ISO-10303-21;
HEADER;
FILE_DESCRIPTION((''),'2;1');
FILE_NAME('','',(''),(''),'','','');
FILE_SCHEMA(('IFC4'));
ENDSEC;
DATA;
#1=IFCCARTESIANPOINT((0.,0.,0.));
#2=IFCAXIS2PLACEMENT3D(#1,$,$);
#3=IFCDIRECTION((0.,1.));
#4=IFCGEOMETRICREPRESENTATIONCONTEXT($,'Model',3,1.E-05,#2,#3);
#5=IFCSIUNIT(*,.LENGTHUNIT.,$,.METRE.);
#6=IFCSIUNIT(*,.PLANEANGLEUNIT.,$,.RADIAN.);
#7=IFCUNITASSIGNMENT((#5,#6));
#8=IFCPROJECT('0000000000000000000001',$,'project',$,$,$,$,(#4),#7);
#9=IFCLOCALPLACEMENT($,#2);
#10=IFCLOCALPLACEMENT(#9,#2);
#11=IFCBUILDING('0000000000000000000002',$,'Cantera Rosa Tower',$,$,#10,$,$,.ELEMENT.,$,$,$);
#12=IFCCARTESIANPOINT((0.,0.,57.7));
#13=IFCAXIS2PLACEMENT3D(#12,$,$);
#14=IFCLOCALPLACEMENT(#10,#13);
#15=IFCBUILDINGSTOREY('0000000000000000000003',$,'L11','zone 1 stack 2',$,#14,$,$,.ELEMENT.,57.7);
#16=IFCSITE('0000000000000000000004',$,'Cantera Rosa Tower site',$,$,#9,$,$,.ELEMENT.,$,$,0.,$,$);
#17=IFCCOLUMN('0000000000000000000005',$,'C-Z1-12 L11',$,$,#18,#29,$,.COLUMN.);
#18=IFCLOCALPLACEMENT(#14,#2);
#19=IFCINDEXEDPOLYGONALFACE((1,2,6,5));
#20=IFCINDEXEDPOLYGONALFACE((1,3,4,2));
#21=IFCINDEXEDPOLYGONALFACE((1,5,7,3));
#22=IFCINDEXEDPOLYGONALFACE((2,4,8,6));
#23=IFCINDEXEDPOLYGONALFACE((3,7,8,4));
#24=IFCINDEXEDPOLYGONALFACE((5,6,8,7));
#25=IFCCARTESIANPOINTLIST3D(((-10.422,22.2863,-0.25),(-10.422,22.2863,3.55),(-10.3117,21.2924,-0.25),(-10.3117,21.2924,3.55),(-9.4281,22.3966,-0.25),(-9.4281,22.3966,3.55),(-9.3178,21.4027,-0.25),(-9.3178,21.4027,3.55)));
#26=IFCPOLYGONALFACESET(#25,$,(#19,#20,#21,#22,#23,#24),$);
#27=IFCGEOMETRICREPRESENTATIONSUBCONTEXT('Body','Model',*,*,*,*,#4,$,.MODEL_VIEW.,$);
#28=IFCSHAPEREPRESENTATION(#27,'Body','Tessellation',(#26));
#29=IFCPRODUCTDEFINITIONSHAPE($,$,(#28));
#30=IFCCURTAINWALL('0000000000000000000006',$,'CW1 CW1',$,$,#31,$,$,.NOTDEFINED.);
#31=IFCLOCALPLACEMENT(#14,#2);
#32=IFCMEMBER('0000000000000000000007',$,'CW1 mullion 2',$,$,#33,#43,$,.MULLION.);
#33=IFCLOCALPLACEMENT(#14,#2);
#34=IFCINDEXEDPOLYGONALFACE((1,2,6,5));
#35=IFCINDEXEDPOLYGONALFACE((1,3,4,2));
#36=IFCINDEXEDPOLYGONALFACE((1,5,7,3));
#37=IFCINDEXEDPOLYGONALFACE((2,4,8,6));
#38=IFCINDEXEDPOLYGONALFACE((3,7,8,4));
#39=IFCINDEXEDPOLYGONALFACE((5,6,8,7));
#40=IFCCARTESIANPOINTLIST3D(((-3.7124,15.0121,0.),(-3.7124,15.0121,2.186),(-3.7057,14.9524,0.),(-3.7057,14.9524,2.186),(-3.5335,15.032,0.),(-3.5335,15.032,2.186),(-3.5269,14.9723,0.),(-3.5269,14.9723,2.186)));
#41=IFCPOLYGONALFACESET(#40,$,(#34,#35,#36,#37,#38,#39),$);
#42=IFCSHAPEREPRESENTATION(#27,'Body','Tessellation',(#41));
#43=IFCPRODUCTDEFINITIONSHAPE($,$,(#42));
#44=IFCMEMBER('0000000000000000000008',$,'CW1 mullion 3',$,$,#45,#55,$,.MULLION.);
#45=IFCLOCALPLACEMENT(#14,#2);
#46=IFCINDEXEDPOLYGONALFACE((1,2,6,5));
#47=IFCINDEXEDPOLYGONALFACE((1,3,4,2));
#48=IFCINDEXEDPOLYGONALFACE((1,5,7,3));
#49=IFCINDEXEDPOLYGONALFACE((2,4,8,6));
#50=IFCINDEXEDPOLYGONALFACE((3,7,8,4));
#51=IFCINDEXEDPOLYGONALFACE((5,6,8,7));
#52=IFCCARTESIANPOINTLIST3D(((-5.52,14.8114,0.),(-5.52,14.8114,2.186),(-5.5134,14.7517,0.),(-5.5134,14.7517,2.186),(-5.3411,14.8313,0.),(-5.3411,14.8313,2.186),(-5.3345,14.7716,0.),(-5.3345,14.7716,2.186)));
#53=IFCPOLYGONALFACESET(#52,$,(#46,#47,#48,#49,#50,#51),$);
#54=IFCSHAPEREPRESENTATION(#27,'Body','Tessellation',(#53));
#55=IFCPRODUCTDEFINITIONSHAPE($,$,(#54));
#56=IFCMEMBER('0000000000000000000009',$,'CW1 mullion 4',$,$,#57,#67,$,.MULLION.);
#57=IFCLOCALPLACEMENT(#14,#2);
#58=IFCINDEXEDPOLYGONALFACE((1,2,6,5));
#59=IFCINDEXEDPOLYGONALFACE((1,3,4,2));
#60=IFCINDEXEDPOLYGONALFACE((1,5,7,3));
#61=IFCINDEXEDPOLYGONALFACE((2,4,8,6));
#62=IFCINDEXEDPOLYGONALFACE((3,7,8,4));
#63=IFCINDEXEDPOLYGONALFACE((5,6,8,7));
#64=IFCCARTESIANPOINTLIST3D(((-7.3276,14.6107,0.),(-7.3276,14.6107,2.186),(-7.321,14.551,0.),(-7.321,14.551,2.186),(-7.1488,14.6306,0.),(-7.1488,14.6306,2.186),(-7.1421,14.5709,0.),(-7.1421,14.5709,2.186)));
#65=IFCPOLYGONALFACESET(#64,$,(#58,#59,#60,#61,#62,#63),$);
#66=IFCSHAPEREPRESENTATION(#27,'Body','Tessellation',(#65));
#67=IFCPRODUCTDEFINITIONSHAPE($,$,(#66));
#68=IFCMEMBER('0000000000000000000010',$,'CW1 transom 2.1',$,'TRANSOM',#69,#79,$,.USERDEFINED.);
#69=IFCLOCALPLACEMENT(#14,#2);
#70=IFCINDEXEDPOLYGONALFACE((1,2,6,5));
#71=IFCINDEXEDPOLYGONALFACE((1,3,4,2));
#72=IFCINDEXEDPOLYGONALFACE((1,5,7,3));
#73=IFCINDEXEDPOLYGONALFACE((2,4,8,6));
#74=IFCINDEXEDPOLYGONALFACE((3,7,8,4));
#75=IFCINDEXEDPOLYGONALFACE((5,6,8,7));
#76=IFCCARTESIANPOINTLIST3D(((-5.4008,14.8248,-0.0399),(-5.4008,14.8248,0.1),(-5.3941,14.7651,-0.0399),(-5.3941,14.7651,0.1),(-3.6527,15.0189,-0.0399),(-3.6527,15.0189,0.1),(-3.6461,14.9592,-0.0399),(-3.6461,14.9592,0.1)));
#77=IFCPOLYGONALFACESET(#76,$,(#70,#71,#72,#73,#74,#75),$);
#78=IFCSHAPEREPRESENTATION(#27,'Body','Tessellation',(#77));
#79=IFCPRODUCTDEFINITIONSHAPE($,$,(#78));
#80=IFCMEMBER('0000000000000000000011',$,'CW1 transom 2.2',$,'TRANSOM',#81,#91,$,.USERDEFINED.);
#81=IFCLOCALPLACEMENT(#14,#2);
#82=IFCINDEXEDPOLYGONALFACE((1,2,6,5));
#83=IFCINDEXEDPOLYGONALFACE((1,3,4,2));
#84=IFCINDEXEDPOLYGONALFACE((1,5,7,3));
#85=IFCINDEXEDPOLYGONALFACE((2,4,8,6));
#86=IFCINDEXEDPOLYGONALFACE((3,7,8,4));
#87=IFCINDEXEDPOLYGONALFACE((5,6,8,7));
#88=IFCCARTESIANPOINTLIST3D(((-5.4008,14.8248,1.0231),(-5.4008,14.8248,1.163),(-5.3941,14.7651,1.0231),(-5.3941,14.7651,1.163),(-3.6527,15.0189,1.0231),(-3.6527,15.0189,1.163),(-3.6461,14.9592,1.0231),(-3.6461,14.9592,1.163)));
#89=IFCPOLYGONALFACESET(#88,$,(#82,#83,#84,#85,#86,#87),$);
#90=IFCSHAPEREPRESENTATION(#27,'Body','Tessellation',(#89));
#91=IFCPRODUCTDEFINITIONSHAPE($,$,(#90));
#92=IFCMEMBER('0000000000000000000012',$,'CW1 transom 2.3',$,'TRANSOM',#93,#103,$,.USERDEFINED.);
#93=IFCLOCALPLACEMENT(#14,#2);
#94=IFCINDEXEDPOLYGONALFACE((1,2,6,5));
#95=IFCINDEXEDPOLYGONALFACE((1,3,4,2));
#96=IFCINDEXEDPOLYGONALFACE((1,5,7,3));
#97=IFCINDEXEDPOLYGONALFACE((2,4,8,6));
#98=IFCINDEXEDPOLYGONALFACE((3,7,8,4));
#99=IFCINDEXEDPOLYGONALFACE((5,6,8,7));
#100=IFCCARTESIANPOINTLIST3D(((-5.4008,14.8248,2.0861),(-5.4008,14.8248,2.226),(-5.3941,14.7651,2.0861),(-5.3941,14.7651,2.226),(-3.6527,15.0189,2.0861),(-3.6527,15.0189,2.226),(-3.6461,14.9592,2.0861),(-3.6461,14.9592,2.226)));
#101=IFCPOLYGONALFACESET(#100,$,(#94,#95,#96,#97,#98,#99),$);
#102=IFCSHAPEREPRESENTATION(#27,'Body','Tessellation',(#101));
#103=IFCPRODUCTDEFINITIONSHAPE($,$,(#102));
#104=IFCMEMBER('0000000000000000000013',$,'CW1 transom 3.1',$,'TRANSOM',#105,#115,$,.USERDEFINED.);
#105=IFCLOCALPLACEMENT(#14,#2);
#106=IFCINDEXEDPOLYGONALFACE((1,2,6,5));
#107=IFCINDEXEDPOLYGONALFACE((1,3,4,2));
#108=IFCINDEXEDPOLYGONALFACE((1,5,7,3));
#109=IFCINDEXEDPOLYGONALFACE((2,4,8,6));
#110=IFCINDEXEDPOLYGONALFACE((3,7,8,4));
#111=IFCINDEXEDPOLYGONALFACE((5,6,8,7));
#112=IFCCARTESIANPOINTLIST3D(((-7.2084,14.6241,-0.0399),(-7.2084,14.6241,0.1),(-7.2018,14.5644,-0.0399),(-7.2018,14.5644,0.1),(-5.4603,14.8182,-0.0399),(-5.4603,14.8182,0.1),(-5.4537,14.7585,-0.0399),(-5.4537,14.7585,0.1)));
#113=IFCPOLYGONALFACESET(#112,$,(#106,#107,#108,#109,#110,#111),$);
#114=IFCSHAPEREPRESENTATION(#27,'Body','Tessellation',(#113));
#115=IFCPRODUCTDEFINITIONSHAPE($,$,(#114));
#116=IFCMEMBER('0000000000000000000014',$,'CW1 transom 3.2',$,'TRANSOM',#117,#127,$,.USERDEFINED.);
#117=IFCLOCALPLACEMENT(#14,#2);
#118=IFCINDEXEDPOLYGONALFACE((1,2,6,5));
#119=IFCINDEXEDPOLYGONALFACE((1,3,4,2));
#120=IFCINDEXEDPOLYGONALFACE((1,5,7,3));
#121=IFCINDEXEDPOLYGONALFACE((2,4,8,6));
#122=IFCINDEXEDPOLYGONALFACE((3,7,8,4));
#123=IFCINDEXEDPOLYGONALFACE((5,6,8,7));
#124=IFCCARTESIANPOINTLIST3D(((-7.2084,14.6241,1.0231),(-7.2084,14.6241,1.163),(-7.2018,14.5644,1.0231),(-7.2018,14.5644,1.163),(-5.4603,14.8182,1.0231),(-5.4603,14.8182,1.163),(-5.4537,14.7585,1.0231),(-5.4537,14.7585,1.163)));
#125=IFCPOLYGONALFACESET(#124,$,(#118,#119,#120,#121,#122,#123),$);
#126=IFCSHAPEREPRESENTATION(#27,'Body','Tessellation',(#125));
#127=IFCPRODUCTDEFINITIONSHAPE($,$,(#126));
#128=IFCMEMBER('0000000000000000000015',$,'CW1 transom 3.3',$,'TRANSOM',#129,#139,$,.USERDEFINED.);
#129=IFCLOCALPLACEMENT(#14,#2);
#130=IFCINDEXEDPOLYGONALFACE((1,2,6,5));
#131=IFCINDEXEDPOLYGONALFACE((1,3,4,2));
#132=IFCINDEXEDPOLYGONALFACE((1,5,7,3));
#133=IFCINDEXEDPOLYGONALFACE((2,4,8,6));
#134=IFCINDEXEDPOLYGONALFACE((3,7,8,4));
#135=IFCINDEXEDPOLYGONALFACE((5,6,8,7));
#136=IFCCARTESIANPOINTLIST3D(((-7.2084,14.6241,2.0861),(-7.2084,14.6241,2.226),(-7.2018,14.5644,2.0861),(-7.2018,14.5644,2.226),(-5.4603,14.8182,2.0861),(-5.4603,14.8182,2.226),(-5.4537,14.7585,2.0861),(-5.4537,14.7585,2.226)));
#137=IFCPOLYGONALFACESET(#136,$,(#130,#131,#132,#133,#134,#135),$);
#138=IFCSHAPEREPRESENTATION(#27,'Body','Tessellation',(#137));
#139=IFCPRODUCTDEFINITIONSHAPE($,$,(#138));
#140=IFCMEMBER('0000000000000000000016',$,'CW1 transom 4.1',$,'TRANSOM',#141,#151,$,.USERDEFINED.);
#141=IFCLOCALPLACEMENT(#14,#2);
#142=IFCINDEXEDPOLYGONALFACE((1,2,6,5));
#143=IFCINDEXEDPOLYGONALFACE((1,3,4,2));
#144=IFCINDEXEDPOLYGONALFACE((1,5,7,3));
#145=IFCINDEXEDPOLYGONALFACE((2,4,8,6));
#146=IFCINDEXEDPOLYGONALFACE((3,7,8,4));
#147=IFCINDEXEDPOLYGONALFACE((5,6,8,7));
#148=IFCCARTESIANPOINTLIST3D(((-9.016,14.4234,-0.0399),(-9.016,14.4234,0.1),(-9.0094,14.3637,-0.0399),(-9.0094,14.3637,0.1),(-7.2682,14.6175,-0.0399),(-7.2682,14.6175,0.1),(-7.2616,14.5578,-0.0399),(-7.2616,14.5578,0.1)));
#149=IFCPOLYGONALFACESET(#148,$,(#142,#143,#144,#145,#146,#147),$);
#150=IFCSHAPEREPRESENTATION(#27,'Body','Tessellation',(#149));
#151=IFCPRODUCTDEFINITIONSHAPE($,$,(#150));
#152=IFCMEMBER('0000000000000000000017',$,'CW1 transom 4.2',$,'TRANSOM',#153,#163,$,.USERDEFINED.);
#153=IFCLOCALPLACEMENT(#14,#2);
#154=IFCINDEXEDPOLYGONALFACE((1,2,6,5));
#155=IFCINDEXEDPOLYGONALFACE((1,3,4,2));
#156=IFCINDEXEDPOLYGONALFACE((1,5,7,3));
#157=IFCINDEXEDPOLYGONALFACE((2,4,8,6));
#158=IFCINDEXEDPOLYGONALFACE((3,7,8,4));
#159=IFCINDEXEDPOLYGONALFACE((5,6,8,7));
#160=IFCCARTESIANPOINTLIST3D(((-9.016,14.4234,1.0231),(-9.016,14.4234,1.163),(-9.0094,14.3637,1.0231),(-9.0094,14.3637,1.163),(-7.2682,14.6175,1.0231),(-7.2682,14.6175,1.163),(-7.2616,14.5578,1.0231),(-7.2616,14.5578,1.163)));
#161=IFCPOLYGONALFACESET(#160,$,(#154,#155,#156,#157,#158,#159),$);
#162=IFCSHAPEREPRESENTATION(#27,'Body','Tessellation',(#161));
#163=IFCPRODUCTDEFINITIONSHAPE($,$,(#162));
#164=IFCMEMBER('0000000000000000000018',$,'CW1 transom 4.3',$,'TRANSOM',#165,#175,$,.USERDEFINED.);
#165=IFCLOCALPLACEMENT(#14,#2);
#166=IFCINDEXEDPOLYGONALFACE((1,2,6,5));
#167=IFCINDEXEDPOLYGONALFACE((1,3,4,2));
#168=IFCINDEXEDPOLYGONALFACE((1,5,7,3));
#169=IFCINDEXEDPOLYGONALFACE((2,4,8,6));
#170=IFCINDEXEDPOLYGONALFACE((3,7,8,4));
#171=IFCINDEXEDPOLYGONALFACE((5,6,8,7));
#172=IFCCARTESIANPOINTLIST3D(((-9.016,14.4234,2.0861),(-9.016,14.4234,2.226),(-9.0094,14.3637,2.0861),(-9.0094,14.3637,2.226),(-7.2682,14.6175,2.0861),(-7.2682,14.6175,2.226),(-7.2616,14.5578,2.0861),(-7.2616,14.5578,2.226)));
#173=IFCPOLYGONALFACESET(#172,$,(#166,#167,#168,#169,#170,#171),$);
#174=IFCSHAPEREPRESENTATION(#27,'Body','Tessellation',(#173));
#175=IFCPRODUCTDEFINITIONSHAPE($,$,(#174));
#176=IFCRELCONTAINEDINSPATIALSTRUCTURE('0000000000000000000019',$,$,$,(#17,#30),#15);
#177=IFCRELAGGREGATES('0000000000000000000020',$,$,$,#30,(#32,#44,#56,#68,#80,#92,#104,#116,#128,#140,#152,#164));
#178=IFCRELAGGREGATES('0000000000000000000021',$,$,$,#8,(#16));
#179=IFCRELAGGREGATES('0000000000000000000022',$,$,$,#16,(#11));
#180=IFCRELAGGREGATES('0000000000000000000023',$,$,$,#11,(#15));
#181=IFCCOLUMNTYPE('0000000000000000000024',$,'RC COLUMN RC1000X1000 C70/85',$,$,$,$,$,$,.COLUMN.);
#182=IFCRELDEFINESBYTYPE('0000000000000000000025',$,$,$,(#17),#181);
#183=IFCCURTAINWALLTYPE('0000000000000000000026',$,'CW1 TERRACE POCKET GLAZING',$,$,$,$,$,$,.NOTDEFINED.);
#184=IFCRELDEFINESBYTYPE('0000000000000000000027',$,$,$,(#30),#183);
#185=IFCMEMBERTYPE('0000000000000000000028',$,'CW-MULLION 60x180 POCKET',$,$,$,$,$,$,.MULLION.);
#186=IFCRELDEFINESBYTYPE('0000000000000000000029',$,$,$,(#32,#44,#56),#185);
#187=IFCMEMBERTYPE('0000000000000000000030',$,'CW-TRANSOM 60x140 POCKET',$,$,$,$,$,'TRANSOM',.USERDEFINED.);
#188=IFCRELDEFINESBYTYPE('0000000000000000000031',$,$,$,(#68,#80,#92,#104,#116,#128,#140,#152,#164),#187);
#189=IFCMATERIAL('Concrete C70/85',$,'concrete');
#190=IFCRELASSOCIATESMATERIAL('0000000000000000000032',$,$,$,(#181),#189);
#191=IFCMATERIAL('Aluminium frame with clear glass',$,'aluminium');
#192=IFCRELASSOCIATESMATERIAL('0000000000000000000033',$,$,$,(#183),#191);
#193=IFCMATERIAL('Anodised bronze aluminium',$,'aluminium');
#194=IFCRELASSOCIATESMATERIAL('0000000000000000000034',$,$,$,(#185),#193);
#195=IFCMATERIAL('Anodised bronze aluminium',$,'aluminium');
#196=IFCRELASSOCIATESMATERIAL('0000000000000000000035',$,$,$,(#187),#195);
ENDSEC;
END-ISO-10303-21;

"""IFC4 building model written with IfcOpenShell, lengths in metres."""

from ifc_helpers import new_model, si_unit, direction, frame, origin, origin_2d, place, context, subcontext, project, spatial, rectangle, extrude, material, material_profile, profile_set, type_object, element, aggregate, save


model = new_model("IFC4")

# Units and contexts
model_context = context("Model", 3, precision=1e-05, world=origin(), true_north=direction((0.0, 1.0)))
body_context = subcontext(model_context, "Body", "Model", "MODEL_VIEW")
ifc_project = project(units=[si_unit("LENGTHUNIT", "METRE"), si_unit("PLANEANGLEUNIT", "RADIAN")], contexts=[model_context])

# Site, building, storey
site_placement = place(None, origin())
site = spatial("IfcSite", under=ifc_project, at=site_placement, Name="Cantera Rosa Tower site", CompositionType="ELEMENT", RefElevation=0.0)
building_placement = place(site_placement, origin())
building = spatial("IfcBuilding", under=site, at=building_placement, Name="Cantera Rosa Tower", CompositionType="ELEMENT")
storey_placement = place(building_placement, frame((0.0, 0.0, 57.7)))
storey = spatial("IfcBuildingStorey", under=building, at=storey_placement, Name="L11", Description="zone 1 stack 2", CompositionType="ELEMENT", Elevation=57.7)

# Column
ifc_material_1 = material(Name="Concrete C70/85", Category="concrete")
ifc_material_profile_1 = material_profile(ifc_material_1, rectangle(XDim=1.0, YDim=1.0, at=origin_2d()), Name="RC COLUMN RC1000X1000 C70/85")
ifc_profile_set_1 = profile_set([ifc_material_profile_1], Name="Concrete C70/85")
column_type = type_object("IfcColumnType", Name="RC COLUMN RC1000X1000 C70/85", PredefinedType="COLUMN", material=ifc_profile_set_1)
column_placement = place(storey_placement, frame((-9.8699, 21.8445, -0.25), z_axis=(0.0, 0.0, 1.0), x_axis=(0.993897, 0.110313, 0.0)))
element("IfcColumn", 1, at=column_placement, inside=storey, type_object=column_type, Name="C-Z1-12 L11", PredefinedType="COLUMN", context=body_context, shape_type="SweptSolid", body=[
    extrude(rectangle(XDim=1.0, YDim=1.0, at=origin_2d()), origin(), (0.0, 0.0, 1.0), 3.8),
])

# Curtain wall, members
ifc_material_2 = material(Name="Aluminium frame with clear glass", Category="aluminium")
curtain_wall_type = type_object("IfcCurtainWallType", Name="CW1 TERRACE POCKET GLAZING", PredefinedType="NOTDEFINED", material=ifc_material_2)
curtain_wall_placement = place(storey_placement, origin())
curtain_wall = element("IfcCurtainWall", 2, at=curtain_wall_placement, inside=storey, type_object=curtain_wall_type, Name="CW1 CW1", PredefinedType="NOTDEFINED")
ifc_material_3 = material(Name="Anodised bronze aluminium", Category="aluminium")
ifc_material_profile_2 = material_profile(ifc_material_3, rectangle(XDim=0.0601, YDim=0.1799, at=origin_2d()), Name="CW-MULLION 60x180 POCKET")
ifc_profile_set_2 = profile_set([ifc_material_profile_2], Name="Anodised bronze aluminium")
member_type_1 = type_object("IfcMemberType", Name="CW-MULLION 60x180 POCKET", PredefinedType="MULLION", material=ifc_profile_set_2)
member_1_placement = place(storey_placement, frame((-3.6196, 14.9922, 0.0), z_axis=(0.0, 0.0, 1.0), x_axis=(0.110313, -0.993897, 0.0)))
member_1 = element("IfcMember", 3, at=member_1_placement, type_object=member_type_1, Name="CW1 mullion 2", PredefinedType="MULLION", context=body_context, shape_type="SweptSolid", body=[
    extrude(rectangle(XDim=0.0601, YDim=0.1799, at=origin_2d()), origin(), (0.0, 0.0, 1.0), 2.186),
])
member_2_placement = place(storey_placement, frame((-5.4272, 14.7915, 0.0), z_axis=(0.0, 0.0, 1.0), x_axis=(0.110313, -0.993897, 0.0)))
member_2 = element("IfcMember", 4, at=member_2_placement, type_object=member_type_1, Name="CW1 mullion 3", PredefinedType="MULLION", context=body_context, shape_type="SweptSolid", body=[
    extrude(rectangle(XDim=0.0601, YDim=0.1799, at=origin_2d()), origin(), (0.0, 0.0, 1.0), 2.186),
])
member_3_placement = place(storey_placement, frame((-7.2349, 14.5908, 0.0), z_axis=(0.0, 0.0, 1.0), x_axis=(0.110313, -0.993897, 0.0)))
member_3 = element("IfcMember", 5, at=member_3_placement, type_object=member_type_1, Name="CW1 mullion 4", PredefinedType="MULLION", context=body_context, shape_type="SweptSolid", body=[
    extrude(rectangle(XDim=0.0601, YDim=0.1799, at=origin_2d()), origin(), (0.0, 0.0, 1.0), 2.186),
])
ifc_material_4 = material(Name="Anodised bronze aluminium", Category="aluminium")
ifc_material_profile_3 = material_profile(ifc_material_4, rectangle(XDim=0.0601, YDim=0.1399, at=origin_2d()), Name="CW-TRANSOM 60x140 POCKET")
ifc_profile_set_3 = profile_set([ifc_material_profile_3], Name="Anodised bronze aluminium")
member_type_2 = type_object("IfcMemberType", Name="CW-TRANSOM 60x140 POCKET", ElementType="TRANSOM", PredefinedType="USERDEFINED", material=ifc_profile_set_3)
member_4_placement = place(storey_placement, frame((-3.6494, 14.989, 0.03), z_axis=(-0.993892, -0.110355, 0.0), x_axis=(0.110355, -0.993892, 0.0)))
member_4 = element("IfcMember", 6, at=member_4_placement, type_object=member_type_2, Name="CW1 transom 2.1", ObjectType="TRANSOM", PredefinedType="USERDEFINED", context=body_context, shape_type="SweptSolid", body=[
    extrude(rectangle(XDim=0.0601, YDim=0.1399, at=origin_2d()), origin(), (0.0, 0.0, 1.0), 1.7588),
])
member_5_placement = place(storey_placement, frame((-3.6494, 14.989, 1.093), z_axis=(-0.993892, -0.110355, 0.0), x_axis=(0.110355, -0.993892, 0.0)))
member_5 = element("IfcMember", 7, at=member_5_placement, type_object=member_type_2, Name="CW1 transom 2.2", ObjectType="TRANSOM", PredefinedType="USERDEFINED", context=body_context, shape_type="SweptSolid", body=[
    extrude(rectangle(XDim=0.0601, YDim=0.1399, at=origin_2d()), origin(), (0.0, 0.0, 1.0), 1.7588),
])
member_6_placement = place(storey_placement, frame((-3.6494, 14.989, 2.156), z_axis=(-0.993892, -0.110355, 0.0), x_axis=(0.110355, -0.993892, 0.0)))
member_6 = element("IfcMember", 8, at=member_6_placement, type_object=member_type_2, Name="CW1 transom 2.3", ObjectType="TRANSOM", PredefinedType="USERDEFINED", context=body_context, shape_type="SweptSolid", body=[
    extrude(rectangle(XDim=0.0601, YDim=0.1399, at=origin_2d()), origin(), (0.0, 0.0, 1.0), 1.7588),
])
member_7_placement = place(storey_placement, frame((-5.457, 14.7883, 0.03), z_axis=(-0.993892, -0.110355, 0.0), x_axis=(0.110355, -0.993892, 0.0)))
member_7 = element("IfcMember", 9, at=member_7_placement, type_object=member_type_2, Name="CW1 transom 3.1", ObjectType="TRANSOM", PredefinedType="USERDEFINED", context=body_context, shape_type="SweptSolid", body=[
    extrude(rectangle(XDim=0.0601, YDim=0.1399, at=origin_2d()), origin(), (0.0, 0.0, 1.0), 1.7588),
])
member_8_placement = place(storey_placement, frame((-5.457, 14.7883, 1.093), z_axis=(-0.993892, -0.110355, 0.0), x_axis=(0.110355, -0.993892, 0.0)))
member_8 = element("IfcMember", 10, at=member_8_placement, type_object=member_type_2, Name="CW1 transom 3.2", ObjectType="TRANSOM", PredefinedType="USERDEFINED", context=body_context, shape_type="SweptSolid", body=[
    extrude(rectangle(XDim=0.0601, YDim=0.1399, at=origin_2d()), origin(), (0.0, 0.0, 1.0), 1.7588),
])
member_9_placement = place(storey_placement, frame((-5.457, 14.7883, 2.156), z_axis=(-0.993892, -0.110355, 0.0), x_axis=(0.110355, -0.993892, 0.0)))
member_9 = element("IfcMember", 11, at=member_9_placement, type_object=member_type_2, Name="CW1 transom 3.3", ObjectType="TRANSOM", PredefinedType="USERDEFINED", context=body_context, shape_type="SweptSolid", body=[
    extrude(rectangle(XDim=0.0601, YDim=0.1399, at=origin_2d()), origin(), (0.0, 0.0, 1.0), 1.7588),
])
member_10_placement = place(storey_placement, frame((-7.2649, 14.5876, 0.03), z_axis=(-0.993891, -0.110371, 0.0), x_axis=(0.110371, -0.993891, 0.0)))
member_10 = element("IfcMember", 12, at=member_10_placement, type_object=member_type_2, Name="CW1 transom 4.1", ObjectType="TRANSOM", PredefinedType="USERDEFINED", context=body_context, shape_type="SweptSolid", body=[
    extrude(rectangle(XDim=0.0601, YDim=0.1399, at=origin_2d()), origin(), (0.0, 0.0, 1.0), 1.7585),
])
member_11_placement = place(storey_placement, frame((-7.2649, 14.5876, 1.093), z_axis=(-0.993891, -0.110371, 0.0), x_axis=(0.110371, -0.993891, 0.0)))
member_11 = element("IfcMember", 13, at=member_11_placement, type_object=member_type_2, Name="CW1 transom 4.2", ObjectType="TRANSOM", PredefinedType="USERDEFINED", context=body_context, shape_type="SweptSolid", body=[
    extrude(rectangle(XDim=0.0601, YDim=0.1399, at=origin_2d()), origin(), (0.0, 0.0, 1.0), 1.7585),
])
member_12_placement = place(storey_placement, frame((-7.2649, 14.5876, 2.156), z_axis=(-0.993891, -0.110371, 0.0), x_axis=(0.110371, -0.993891, 0.0)))
member_12 = element("IfcMember", 14, at=member_12_placement, type_object=member_type_2, Name="CW1 transom 4.3", ObjectType="TRANSOM", PredefinedType="USERDEFINED", context=body_context, shape_type="SweptSolid", body=[
    extrude(rectangle(XDim=0.0601, YDim=0.1399, at=origin_2d()), origin(), (0.0, 0.0, 1.0), 1.7585),
])

aggregate(curtain_wall, [member_1, member_2, member_3, member_4, member_5, member_6, member_7, member_8, member_9, member_10, member_11, member_12])

save(model, "model.ifc")
